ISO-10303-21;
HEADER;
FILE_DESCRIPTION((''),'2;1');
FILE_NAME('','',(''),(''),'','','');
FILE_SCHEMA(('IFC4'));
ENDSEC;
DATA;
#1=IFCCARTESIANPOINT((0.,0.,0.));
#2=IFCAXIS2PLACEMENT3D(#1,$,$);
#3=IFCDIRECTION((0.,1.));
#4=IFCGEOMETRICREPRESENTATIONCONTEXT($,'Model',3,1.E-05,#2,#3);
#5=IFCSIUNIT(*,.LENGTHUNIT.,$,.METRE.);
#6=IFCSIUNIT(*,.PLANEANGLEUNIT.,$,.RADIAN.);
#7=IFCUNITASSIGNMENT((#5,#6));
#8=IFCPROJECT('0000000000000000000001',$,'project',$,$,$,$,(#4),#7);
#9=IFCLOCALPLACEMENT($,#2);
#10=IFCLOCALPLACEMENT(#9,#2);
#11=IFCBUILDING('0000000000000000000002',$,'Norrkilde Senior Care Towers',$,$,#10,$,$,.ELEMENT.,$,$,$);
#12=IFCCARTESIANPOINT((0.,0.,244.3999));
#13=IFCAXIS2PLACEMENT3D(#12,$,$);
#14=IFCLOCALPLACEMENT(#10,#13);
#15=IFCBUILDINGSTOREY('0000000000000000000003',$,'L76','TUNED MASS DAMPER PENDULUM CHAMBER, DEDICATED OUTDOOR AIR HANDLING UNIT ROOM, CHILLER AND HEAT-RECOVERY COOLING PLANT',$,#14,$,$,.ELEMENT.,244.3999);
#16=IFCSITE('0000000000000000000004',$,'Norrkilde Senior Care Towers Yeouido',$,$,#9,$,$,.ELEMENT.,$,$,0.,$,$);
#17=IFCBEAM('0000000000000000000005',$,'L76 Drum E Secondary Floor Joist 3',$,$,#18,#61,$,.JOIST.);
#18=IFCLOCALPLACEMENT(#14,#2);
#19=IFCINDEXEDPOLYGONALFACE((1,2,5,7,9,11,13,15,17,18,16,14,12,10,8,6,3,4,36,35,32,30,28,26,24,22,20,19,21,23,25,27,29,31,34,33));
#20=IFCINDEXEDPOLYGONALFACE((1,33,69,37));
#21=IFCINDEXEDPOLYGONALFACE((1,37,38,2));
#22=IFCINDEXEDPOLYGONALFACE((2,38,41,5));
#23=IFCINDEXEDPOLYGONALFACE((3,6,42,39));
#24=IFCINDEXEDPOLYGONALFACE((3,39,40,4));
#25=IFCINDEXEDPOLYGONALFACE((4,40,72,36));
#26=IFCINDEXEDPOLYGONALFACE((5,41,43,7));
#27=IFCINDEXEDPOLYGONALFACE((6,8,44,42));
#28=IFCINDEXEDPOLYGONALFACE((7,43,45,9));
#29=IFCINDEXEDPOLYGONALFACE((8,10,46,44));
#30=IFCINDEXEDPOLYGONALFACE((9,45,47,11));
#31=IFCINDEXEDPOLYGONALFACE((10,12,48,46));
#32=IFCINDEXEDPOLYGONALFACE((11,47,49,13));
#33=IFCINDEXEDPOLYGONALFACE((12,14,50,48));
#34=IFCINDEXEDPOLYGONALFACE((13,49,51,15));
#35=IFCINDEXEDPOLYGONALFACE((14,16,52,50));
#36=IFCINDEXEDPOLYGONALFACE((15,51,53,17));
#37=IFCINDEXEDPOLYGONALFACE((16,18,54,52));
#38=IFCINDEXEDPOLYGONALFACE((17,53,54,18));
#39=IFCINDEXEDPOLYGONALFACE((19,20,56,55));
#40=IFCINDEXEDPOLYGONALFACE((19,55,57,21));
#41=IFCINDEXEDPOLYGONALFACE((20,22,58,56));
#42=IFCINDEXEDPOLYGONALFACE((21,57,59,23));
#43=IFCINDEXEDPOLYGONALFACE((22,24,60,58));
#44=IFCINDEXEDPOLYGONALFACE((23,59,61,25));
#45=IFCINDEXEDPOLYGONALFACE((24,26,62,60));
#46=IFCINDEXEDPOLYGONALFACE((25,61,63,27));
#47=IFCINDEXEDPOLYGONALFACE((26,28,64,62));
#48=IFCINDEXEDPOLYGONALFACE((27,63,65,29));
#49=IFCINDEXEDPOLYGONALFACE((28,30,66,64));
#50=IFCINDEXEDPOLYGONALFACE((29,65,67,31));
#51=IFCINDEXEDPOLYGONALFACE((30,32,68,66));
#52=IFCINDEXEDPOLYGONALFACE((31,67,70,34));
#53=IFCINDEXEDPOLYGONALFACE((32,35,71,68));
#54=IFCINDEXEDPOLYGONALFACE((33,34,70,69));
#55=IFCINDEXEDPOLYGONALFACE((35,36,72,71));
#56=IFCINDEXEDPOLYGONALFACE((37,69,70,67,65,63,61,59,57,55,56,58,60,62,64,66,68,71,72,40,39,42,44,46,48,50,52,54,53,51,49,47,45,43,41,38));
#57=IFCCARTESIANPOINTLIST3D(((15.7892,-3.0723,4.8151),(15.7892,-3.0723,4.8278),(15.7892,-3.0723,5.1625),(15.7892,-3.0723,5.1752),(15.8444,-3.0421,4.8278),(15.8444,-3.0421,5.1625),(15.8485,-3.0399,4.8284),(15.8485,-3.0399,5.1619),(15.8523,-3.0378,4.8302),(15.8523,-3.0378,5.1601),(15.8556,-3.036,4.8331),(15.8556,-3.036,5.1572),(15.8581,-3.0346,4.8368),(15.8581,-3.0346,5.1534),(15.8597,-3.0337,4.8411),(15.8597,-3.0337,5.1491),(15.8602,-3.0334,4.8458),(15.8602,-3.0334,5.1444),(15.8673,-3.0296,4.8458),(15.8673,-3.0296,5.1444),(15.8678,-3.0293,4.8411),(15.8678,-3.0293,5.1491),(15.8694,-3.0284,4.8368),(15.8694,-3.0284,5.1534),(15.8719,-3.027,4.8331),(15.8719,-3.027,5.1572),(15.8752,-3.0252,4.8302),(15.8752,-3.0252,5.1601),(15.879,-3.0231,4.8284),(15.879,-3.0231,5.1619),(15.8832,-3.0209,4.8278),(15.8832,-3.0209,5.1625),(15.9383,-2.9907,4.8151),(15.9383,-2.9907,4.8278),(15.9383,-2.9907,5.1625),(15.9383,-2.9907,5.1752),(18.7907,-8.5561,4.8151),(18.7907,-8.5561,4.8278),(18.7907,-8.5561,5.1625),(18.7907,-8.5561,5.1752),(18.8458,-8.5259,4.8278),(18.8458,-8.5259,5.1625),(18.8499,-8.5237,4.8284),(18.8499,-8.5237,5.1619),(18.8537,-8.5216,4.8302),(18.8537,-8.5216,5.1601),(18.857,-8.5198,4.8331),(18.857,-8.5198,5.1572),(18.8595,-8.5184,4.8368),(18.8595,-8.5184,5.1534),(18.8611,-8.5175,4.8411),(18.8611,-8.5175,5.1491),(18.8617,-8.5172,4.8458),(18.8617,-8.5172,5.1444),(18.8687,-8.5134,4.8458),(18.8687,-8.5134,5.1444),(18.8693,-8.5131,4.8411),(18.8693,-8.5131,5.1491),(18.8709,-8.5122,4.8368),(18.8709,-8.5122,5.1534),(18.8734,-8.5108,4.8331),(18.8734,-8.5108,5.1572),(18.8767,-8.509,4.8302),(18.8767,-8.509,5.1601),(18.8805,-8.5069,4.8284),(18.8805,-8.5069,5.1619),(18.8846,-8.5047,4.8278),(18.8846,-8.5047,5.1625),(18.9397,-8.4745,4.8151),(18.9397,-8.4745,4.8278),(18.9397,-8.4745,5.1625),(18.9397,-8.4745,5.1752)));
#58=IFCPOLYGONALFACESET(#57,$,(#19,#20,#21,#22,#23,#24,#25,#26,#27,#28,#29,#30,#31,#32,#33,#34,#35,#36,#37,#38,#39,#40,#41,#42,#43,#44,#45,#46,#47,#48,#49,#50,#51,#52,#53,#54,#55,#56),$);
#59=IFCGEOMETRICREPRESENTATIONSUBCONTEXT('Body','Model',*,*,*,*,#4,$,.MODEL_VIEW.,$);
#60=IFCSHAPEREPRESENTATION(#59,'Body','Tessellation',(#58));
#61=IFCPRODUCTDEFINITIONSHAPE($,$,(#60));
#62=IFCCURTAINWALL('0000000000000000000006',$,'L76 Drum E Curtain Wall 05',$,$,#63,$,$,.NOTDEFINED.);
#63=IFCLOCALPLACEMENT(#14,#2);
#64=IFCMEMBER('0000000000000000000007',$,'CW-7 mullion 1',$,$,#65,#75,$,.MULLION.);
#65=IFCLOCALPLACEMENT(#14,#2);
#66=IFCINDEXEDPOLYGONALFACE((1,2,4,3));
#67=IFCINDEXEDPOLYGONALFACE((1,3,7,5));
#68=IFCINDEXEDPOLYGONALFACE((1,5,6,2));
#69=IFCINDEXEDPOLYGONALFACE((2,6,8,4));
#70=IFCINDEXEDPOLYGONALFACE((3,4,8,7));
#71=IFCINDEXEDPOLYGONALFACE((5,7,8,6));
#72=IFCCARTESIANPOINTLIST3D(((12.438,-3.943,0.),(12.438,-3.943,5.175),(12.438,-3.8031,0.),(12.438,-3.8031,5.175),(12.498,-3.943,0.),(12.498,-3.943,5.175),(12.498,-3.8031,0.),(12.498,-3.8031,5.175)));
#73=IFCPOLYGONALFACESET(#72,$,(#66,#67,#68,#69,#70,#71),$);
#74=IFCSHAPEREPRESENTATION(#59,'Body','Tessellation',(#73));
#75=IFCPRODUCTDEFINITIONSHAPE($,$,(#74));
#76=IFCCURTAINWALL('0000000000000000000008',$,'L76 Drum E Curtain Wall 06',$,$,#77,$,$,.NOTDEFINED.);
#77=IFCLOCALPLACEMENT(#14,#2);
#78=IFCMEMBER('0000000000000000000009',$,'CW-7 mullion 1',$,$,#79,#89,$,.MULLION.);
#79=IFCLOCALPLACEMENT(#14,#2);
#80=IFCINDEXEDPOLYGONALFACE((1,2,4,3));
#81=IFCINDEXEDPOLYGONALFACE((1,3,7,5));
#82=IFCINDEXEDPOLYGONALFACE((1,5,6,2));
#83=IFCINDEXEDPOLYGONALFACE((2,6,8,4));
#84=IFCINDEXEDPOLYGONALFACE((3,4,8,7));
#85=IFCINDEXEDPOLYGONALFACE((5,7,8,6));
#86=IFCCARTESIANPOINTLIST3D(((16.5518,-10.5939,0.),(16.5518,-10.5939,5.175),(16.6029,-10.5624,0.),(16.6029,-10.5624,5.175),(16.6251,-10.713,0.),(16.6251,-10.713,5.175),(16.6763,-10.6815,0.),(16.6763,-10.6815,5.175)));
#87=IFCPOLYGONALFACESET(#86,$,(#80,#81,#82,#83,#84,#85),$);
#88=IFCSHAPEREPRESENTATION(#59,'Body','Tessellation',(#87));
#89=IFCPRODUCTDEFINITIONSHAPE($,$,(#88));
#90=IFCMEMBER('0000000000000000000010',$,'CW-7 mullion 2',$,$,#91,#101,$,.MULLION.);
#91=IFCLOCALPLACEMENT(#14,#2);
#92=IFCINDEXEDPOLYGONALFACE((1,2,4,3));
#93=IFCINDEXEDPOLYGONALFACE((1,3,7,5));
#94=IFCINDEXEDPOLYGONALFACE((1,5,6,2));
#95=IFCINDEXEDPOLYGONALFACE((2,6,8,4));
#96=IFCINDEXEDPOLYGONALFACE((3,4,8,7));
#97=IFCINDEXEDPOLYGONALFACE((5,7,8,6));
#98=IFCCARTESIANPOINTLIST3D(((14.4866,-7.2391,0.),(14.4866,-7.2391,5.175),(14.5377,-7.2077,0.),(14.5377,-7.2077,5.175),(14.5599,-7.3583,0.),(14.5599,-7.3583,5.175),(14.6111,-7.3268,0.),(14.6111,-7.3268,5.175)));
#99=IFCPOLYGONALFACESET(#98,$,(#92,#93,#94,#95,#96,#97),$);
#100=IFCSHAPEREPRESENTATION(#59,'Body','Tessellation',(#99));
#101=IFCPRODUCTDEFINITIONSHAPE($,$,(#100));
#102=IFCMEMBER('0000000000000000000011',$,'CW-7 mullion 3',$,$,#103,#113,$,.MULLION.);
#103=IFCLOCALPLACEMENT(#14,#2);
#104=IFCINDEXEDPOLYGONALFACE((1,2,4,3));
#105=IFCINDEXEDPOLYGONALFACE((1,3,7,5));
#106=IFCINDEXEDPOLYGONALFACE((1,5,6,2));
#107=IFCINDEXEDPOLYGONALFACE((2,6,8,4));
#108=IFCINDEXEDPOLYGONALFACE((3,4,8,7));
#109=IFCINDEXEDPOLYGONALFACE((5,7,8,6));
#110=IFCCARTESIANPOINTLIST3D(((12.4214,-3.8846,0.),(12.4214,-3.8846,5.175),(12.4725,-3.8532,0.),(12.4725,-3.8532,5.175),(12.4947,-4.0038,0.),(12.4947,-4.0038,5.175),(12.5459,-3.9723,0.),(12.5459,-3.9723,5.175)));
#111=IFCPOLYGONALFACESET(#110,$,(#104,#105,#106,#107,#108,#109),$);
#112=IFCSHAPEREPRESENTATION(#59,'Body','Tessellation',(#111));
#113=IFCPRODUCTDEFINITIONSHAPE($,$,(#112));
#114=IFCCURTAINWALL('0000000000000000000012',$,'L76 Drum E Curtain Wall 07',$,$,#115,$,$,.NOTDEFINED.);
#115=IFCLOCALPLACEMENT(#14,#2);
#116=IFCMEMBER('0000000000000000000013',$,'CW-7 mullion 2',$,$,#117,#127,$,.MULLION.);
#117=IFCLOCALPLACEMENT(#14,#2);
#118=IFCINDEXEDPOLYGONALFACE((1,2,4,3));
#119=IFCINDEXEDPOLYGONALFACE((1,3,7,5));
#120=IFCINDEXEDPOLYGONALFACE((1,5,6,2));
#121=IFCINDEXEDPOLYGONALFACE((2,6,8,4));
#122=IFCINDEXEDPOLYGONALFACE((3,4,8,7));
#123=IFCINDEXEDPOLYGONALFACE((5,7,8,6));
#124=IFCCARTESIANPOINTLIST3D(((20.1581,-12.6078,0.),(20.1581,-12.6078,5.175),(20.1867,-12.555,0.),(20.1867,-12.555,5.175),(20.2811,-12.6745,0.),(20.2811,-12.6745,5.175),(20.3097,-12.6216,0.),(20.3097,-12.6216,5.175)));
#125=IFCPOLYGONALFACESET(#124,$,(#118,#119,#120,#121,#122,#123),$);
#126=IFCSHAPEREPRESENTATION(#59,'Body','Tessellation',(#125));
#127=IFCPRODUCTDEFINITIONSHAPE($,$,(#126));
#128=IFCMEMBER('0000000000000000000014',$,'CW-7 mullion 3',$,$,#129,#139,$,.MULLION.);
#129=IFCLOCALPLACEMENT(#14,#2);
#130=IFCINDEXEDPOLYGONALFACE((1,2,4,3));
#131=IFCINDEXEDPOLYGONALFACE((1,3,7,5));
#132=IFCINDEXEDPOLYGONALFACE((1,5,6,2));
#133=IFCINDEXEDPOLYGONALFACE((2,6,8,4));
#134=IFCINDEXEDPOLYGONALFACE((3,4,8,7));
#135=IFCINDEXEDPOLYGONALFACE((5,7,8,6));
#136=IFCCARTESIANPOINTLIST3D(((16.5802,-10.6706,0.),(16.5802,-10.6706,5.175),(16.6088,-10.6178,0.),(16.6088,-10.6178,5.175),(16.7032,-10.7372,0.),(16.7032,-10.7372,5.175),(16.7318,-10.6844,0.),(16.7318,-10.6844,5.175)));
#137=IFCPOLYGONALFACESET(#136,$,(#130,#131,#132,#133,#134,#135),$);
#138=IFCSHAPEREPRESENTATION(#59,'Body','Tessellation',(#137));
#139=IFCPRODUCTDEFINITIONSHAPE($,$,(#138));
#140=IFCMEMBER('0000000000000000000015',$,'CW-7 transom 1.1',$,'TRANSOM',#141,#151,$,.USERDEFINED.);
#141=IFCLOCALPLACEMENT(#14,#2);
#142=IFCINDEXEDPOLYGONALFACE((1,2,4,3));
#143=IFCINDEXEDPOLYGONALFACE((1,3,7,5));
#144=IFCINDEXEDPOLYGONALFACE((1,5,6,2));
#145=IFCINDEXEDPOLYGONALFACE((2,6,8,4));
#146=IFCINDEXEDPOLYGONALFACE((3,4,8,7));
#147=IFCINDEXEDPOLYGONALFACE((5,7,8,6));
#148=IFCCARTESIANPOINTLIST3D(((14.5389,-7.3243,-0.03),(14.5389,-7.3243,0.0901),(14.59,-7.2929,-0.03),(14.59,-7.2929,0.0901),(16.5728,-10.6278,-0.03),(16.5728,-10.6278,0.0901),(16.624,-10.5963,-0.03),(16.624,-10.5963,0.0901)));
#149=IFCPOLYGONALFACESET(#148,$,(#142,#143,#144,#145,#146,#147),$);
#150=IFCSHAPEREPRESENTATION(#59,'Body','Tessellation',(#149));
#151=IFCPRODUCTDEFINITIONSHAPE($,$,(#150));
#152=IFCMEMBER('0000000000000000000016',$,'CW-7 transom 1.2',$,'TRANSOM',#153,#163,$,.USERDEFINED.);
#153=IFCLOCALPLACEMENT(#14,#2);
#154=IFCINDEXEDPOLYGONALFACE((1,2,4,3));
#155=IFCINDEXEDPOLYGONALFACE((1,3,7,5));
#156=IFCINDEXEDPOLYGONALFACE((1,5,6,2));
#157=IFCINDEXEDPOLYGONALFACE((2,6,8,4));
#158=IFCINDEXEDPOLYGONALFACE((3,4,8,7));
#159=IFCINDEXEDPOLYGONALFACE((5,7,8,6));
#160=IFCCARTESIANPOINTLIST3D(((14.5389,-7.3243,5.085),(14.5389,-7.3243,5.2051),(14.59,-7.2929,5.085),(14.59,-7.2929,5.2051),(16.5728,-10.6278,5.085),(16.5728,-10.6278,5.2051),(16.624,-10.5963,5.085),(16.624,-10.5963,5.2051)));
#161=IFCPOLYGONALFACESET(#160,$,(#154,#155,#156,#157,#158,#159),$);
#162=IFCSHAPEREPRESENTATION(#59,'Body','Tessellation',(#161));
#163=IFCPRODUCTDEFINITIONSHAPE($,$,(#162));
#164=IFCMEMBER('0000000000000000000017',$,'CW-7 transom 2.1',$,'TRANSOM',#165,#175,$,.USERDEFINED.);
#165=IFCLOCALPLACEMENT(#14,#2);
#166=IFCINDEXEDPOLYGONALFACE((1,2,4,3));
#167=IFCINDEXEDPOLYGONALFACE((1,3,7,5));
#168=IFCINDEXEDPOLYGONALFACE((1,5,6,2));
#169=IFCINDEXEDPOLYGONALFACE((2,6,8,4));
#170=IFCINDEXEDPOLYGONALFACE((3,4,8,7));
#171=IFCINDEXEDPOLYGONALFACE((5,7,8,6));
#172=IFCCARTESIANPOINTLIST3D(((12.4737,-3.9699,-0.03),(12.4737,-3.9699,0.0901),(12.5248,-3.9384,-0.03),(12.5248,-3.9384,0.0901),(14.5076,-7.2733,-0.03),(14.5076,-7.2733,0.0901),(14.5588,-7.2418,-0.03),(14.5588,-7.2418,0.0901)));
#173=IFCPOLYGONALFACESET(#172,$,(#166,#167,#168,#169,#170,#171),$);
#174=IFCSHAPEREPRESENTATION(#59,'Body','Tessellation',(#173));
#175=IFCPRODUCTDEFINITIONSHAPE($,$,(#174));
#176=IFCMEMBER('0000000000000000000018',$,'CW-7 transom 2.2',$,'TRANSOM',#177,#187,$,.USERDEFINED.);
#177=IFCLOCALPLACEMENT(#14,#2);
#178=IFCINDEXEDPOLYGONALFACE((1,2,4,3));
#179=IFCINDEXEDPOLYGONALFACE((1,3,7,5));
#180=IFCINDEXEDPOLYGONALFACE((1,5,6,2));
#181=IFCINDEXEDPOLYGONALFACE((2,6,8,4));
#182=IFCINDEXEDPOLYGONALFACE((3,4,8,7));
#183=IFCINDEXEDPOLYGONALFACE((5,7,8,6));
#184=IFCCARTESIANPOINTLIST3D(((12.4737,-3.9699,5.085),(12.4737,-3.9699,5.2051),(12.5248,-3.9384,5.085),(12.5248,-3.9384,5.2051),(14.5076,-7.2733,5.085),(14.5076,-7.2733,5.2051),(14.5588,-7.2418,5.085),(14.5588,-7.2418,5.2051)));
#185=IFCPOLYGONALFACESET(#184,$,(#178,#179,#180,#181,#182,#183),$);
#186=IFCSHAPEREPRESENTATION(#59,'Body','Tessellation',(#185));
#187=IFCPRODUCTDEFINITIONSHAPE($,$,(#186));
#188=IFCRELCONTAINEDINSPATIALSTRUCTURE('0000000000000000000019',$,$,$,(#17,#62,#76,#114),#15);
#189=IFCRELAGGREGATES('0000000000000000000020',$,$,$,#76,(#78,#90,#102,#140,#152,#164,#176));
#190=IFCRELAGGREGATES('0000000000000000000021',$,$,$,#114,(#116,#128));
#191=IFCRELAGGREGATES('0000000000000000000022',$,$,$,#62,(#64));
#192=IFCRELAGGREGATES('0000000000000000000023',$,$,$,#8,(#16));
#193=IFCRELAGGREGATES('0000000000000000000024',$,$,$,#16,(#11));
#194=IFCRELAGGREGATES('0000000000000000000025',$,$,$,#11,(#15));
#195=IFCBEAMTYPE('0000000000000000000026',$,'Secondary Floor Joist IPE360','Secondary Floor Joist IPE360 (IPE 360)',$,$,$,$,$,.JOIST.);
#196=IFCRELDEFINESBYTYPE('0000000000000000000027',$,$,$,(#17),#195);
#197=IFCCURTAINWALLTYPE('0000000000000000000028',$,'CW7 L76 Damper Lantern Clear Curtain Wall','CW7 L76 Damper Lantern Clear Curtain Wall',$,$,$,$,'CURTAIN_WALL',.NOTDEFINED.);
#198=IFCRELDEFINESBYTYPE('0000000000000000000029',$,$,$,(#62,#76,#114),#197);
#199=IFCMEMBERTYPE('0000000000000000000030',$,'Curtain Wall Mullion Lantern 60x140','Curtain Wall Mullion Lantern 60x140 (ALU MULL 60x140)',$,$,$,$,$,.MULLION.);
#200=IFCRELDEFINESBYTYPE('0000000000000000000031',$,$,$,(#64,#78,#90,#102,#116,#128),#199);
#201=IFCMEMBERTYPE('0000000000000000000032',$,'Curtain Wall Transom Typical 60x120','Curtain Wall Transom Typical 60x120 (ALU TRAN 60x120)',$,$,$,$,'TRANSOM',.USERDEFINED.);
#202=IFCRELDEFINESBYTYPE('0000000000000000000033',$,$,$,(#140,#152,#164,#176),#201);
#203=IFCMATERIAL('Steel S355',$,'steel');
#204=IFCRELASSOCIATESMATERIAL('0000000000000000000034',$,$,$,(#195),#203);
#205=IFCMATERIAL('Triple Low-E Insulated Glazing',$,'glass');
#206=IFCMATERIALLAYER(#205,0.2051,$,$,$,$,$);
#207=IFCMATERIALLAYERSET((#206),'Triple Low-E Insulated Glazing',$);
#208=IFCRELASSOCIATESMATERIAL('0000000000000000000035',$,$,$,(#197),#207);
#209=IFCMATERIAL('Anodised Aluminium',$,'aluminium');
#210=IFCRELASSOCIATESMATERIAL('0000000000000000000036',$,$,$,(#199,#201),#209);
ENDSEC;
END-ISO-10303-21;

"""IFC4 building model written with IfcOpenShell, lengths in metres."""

from ifc_helpers import new_model, si_unit, direction, frame, origin, origin_2d, place, context, subcontext, project, spatial, rectangle, i_section, extrude, source, transform, mapped, material, layer, layer_set, material_profile, profile_set, type_object, type_shapes, element, aggregate, save


model = new_model("IFC4")

# Units and contexts
model_context = context("Model", 3, precision=1e-05, world=origin(), true_north=direction((0.0, 1.0)))
body_context = subcontext(model_context, "Body", "Model", "MODEL_VIEW")
ifc_project = project(units=[si_unit("LENGTHUNIT", "METRE"), si_unit("PLANEANGLEUNIT", "RADIAN")], contexts=[model_context])

# Site, building, storey
site_placement = place(None, origin())
site = spatial("IfcSite", under=ifc_project, at=site_placement, Name="Norrkilde Senior Care Towers Yeouido", CompositionType="ELEMENT", RefElevation=0.0)
building_placement = place(site_placement, origin())
building = spatial("IfcBuilding", under=site, at=building_placement, Name="Norrkilde Senior Care Towers", CompositionType="ELEMENT")
storey_placement = place(building_placement, frame((0.0, 0.0, 244.3999)))
storey = spatial("IfcBuildingStorey", under=building, at=storey_placement, Name="L76", Description="TUNED MASS DAMPER PENDULUM CHAMBER, DEDICATED OUTDOOR AIR HANDLING UNIT ROOM, CHILLER AND HEAT-RECOVERY COOLING PLANT", CompositionType="ELEMENT", Elevation=244.3999)

# Beam
ifc_material_1 = material(Name="Steel S355", Category="steel")
ifc_material_profile_1 = material_profile(ifc_material_1, i_section(OverallWidth=0.1699, OverallDepth=0.3601, WebThickness=0.0081, FlangeThickness=0.0127, FilletRadius=0.0181, at=origin_2d()), Name="IPE 360")
ifc_profile_set_1 = profile_set([ifc_material_profile_1], Name="Steel S355")
beam_type_1 = type_object("IfcBeamType", Name="Secondary Floor Joist IPE360", Description="Secondary Floor Joist IPE360 (IPE 360)", PredefinedType="JOIST", material=ifc_profile_set_1)
shared_shape_1 = source(origin(), body_context, "Body", "SweptSolid", [
    extrude(i_section(OverallWidth=0.1699, OverallDepth=0.3601, WebThickness=0.0081, FlangeThickness=0.0127, FilletRadius=0.0181, at=origin_2d()), origin(), (0.0, 0.0, 1.0), 6.2515),
])
type_shapes(beam_type_1, [shared_shape_1])
beam_1_placement = place(storey_placement, frame((15.8638, -3.0315, 4.9951), z_axis=(0.480116, -0.877205, 0.0), x_axis=(0.877205, 0.480116, 0.0)))
element("IfcBeam", 1, at=beam_1_placement, inside=storey, type_object=beam_type_1, Name="L76 Drum E Secondary Floor Joist 3", PredefinedType="JOIST", context=body_context, shape_type="MappedRepresentation", body=[
    mapped(shared_shape_1, transform((0.0, 0.0, 0.0), x_axis=(1.0, 0.0, 0.0), y_axis=(0.0, 1.0, 0.0), z_axis=(0.0, 0.0, 1.0), scale=1.0)),
])

# Curtain wall, member
ifc_material_2 = material(Name="Triple Low-E Insulated Glazing", Category="glass")
ifc_layer_1 = layer(ifc_material_2, 0.2051)
ifc_layer_set_1 = layer_set([ifc_layer_1], Name="Triple Low-E Insulated Glazing")
curtain_wall_type = type_object("IfcCurtainWallType", Name="CW7 L76 Damper Lantern Clear Curtain Wall", Description="CW7 L76 Damper Lantern Clear Curtain Wall", ElementType="CURTAIN_WALL", PredefinedType="NOTDEFINED", material=ifc_layer_set_1)
curtain_wall_1_placement = place(storey_placement, origin())
curtain_wall_1 = element("IfcCurtainWall", 2, at=curtain_wall_1_placement, inside=storey, type_object=curtain_wall_type, Name="L76 Drum E Curtain Wall 05", PredefinedType="NOTDEFINED")
ifc_material_3 = material(Name="Anodised Aluminium", Category="aluminium")
ifc_material_profile_2 = material_profile(ifc_material_3, rectangle(XDim=0.0601, YDim=0.1399, at=origin_2d()), Name="ALU MULL 60x140")
ifc_profile_set_2 = profile_set([ifc_material_profile_2], Name="Anodised Aluminium")
member_type_1 = type_object("IfcMemberType", Name="Curtain Wall Mullion Lantern 60x140", Description="Curtain Wall Mullion Lantern 60x140 (ALU MULL 60x140)", PredefinedType="MULLION", material=ifc_profile_set_2)
shared_shape_2 = source(origin(), body_context, "Body", "SweptSolid", [
    extrude(rectangle(XDim=0.0601, YDim=0.1399, at=origin_2d()), origin(), (0.0, 0.0, 1.0), 5.175),
])
type_shapes(member_type_1, [shared_shape_2])
member_1_placement = place(storey_placement, frame((12.468, -3.873, 0.0), z_axis=(0.0, 0.0, 1.0), x_axis=(-1.0, 0.0, 0.0)))
member_1 = element("IfcMember", 3, at=member_1_placement, type_object=member_type_1, Name="CW-7 mullion 1", PredefinedType="MULLION", context=body_context, shape_type="MappedRepresentation", body=[
    mapped(shared_shape_2, transform((0.0, 0.0, 0.0), x_axis=(1.0, 0.0, 0.0), y_axis=(0.0, 1.0, 0.0), z_axis=(0.0, 0.0, 1.0), scale=1.0)),
])

# Curtain walls, members
curtain_wall_2_placement = place(storey_placement, origin())
curtain_wall_2 = element("IfcCurtainWall", 4, at=curtain_wall_2_placement, inside=storey, type_object=curtain_wall_type, Name="L76 Drum E Curtain Wall 06", PredefinedType="NOTDEFINED")
member_2_placement = place(storey_placement, frame((16.614, -10.6377, 0.0), z_axis=(0.0, 0.0, 1.0), x_axis=(-0.851563, -0.524253, 0.0)))
member_2 = element("IfcMember", 5, at=member_2_placement, type_object=member_type_1, Name="CW-7 mullion 1", PredefinedType="MULLION", context=body_context, shape_type="MappedRepresentation", body=[
    mapped(shared_shape_2, transform((0.0, 0.0, 0.0), x_axis=(1.0, 0.0, 0.0), y_axis=(0.0, 1.0, 0.0), z_axis=(0.0, 0.0, 1.0), scale=1.0)),
])
member_3_placement = place(storey_placement, frame((14.5488, -7.283, 0.0), z_axis=(0.0, 0.0, 1.0), x_axis=(-0.851563, -0.524253, 0.0)))
member_3 = element("IfcMember", 6, at=member_3_placement, type_object=member_type_1, Name="CW-7 mullion 2", PredefinedType="MULLION", context=body_context, shape_type="MappedRepresentation", body=[
    mapped(shared_shape_2, transform((0.0, 0.0, 0.0), x_axis=(1.0, 0.0, 0.0), y_axis=(0.0, 1.0, 0.0), z_axis=(0.0, 0.0, 1.0), scale=1.0)),
])
member_4_placement = place(storey_placement, frame((12.4836, -3.9285, 0.0), z_axis=(0.0, 0.0, 1.0), x_axis=(-0.851563, -0.524253, 0.0)))
member_4 = element("IfcMember", 7, at=member_4_placement, type_object=member_type_1, Name="CW-7 mullion 3", PredefinedType="MULLION", context=body_context, shape_type="MappedRepresentation", body=[
    mapped(shared_shape_2, transform((0.0, 0.0, 0.0), x_axis=(1.0, 0.0, 0.0), y_axis=(0.0, 1.0, 0.0), z_axis=(0.0, 0.0, 1.0), scale=1.0)),
])
curtain_wall_3_placement = place(storey_placement, origin())
curtain_wall_3 = element("IfcCurtainWall", 8, at=curtain_wall_3_placement, inside=storey, type_object=curtain_wall_type, Name="L76 Drum E Curtain Wall 07", PredefinedType="NOTDEFINED")
member_5_placement = place(storey_placement, frame((20.2339, -12.6147, 0.0), z_axis=(0.0, 0.0, 1.0), x_axis=(-0.476133, -0.879373, 0.0)))
member_5 = element("IfcMember", 9, at=member_5_placement, type_object=member_type_1, Name="CW-7 mullion 2", PredefinedType="MULLION", context=body_context, shape_type="MappedRepresentation", body=[
    mapped(shared_shape_2, transform((0.0, 0.0, 0.0), x_axis=(1.0, 0.0, 0.0), y_axis=(0.0, 1.0, 0.0), z_axis=(0.0, 0.0, 1.0), scale=1.0)),
])
member_6_placement = place(storey_placement, frame((16.656, -10.6775, 0.0), z_axis=(0.0, 0.0, 1.0), x_axis=(-0.476133, -0.879373, 0.0)))
member_6 = element("IfcMember", 10, at=member_6_placement, type_object=member_type_1, Name="CW-7 mullion 3", PredefinedType="MULLION", context=body_context, shape_type="MappedRepresentation", body=[
    mapped(shared_shape_2, transform((0.0, 0.0, 0.0), x_axis=(1.0, 0.0, 0.0), y_axis=(0.0, 1.0, 0.0), z_axis=(0.0, 0.0, 1.0), scale=1.0)),
])

# Members
ifc_material_profile_3 = material_profile(ifc_material_3, rectangle(XDim=0.0601, YDim=0.1201, at=origin_2d()), Name="ALU TRAN 60x120")
ifc_profile_set_3 = profile_set([ifc_material_profile_3], Name="Anodised Aluminium")
member_type_2 = type_object("IfcMemberType", Name="Curtain Wall Transom Typical 60x120", Description="Curtain Wall Transom Typical 60x120 (ALU TRAN 60x120)", ElementType="TRANSOM", PredefinedType="USERDEFINED", material=ifc_profile_set_3)
shared_shape_3 = source(origin(), body_context, "Body", "SweptSolid", [
    extrude(rectangle(XDim=0.0601, YDim=0.1201, at=origin_2d()), origin(), (0.0, 0.0, 1.0), 3.8794),
])
member_7_placement = place(storey_placement, frame((16.5984, -10.6121, 0.03), z_axis=(-0.524291, 0.851539, 0.0), x_axis=(-0.851539, -0.524291, 0.0)))
member_7 = element("IfcMember", 11, at=member_7_placement, type_object=member_type_2, Name="CW-7 transom 1.1", ObjectType="TRANSOM", PredefinedType="USERDEFINED", context=body_context, shape_type="MappedRepresentation", body=[
    mapped(shared_shape_3, transform((0.0, 0.0, 0.0), x_axis=(1.0, 0.0, 0.0), y_axis=(0.0, 1.0, 0.0), z_axis=(0.0, 0.0, 1.0), scale=1.0)),
])
member_8_placement = place(storey_placement, frame((16.5984, -10.6121, 5.145), z_axis=(-0.524291, 0.851539, 0.0), x_axis=(-0.851539, -0.524291, 0.0)))
member_8 = element("IfcMember", 12, at=member_8_placement, type_object=member_type_2, Name="CW-7 transom 1.2", ObjectType="TRANSOM", PredefinedType="USERDEFINED", context=body_context, shape_type="MappedRepresentation", body=[
    mapped(shared_shape_3, transform((0.0, 0.0, 0.0), x_axis=(1.0, 0.0, 0.0), y_axis=(0.0, 1.0, 0.0), z_axis=(0.0, 0.0, 1.0), scale=1.0)),
])
member_9_placement = place(storey_placement, frame((14.5332, -7.2576, 0.03), z_axis=(-0.524291, 0.851539, 0.0), x_axis=(-0.851539, -0.524291, 0.0)))
member_9 = element("IfcMember", 13, at=member_9_placement, type_object=member_type_2, Name="CW-7 transom 2.1", ObjectType="TRANSOM", PredefinedType="USERDEFINED", context=body_context, shape_type="MappedRepresentation", body=[
    mapped(shared_shape_3, transform((0.0, 0.0, 0.0), x_axis=(1.0, 0.0, 0.0), y_axis=(0.0, 1.0, 0.0), z_axis=(0.0, 0.0, 1.0), scale=1.0)),
])
member_10_placement = place(storey_placement, frame((14.5332, -7.2576, 5.145), z_axis=(-0.524291, 0.851539, 0.0), x_axis=(-0.851539, -0.524291, 0.0)))
member_10 = element("IfcMember", 14, at=member_10_placement, type_object=member_type_2, Name="CW-7 transom 2.2", ObjectType="TRANSOM", PredefinedType="USERDEFINED", context=body_context, shape_type="MappedRepresentation", body=[
    mapped(shared_shape_3, transform((0.0, 0.0, 0.0), x_axis=(1.0, 0.0, 0.0), y_axis=(0.0, 1.0, 0.0), z_axis=(0.0, 0.0, 1.0), scale=1.0)),
])

aggregate(curtain_wall_2, [member_2, member_3, member_4, member_7, member_8, member_9, member_10])
aggregate(curtain_wall_3, [member_5, member_6])
aggregate(curtain_wall_1, [member_1])

save(model, "model.ifc")
